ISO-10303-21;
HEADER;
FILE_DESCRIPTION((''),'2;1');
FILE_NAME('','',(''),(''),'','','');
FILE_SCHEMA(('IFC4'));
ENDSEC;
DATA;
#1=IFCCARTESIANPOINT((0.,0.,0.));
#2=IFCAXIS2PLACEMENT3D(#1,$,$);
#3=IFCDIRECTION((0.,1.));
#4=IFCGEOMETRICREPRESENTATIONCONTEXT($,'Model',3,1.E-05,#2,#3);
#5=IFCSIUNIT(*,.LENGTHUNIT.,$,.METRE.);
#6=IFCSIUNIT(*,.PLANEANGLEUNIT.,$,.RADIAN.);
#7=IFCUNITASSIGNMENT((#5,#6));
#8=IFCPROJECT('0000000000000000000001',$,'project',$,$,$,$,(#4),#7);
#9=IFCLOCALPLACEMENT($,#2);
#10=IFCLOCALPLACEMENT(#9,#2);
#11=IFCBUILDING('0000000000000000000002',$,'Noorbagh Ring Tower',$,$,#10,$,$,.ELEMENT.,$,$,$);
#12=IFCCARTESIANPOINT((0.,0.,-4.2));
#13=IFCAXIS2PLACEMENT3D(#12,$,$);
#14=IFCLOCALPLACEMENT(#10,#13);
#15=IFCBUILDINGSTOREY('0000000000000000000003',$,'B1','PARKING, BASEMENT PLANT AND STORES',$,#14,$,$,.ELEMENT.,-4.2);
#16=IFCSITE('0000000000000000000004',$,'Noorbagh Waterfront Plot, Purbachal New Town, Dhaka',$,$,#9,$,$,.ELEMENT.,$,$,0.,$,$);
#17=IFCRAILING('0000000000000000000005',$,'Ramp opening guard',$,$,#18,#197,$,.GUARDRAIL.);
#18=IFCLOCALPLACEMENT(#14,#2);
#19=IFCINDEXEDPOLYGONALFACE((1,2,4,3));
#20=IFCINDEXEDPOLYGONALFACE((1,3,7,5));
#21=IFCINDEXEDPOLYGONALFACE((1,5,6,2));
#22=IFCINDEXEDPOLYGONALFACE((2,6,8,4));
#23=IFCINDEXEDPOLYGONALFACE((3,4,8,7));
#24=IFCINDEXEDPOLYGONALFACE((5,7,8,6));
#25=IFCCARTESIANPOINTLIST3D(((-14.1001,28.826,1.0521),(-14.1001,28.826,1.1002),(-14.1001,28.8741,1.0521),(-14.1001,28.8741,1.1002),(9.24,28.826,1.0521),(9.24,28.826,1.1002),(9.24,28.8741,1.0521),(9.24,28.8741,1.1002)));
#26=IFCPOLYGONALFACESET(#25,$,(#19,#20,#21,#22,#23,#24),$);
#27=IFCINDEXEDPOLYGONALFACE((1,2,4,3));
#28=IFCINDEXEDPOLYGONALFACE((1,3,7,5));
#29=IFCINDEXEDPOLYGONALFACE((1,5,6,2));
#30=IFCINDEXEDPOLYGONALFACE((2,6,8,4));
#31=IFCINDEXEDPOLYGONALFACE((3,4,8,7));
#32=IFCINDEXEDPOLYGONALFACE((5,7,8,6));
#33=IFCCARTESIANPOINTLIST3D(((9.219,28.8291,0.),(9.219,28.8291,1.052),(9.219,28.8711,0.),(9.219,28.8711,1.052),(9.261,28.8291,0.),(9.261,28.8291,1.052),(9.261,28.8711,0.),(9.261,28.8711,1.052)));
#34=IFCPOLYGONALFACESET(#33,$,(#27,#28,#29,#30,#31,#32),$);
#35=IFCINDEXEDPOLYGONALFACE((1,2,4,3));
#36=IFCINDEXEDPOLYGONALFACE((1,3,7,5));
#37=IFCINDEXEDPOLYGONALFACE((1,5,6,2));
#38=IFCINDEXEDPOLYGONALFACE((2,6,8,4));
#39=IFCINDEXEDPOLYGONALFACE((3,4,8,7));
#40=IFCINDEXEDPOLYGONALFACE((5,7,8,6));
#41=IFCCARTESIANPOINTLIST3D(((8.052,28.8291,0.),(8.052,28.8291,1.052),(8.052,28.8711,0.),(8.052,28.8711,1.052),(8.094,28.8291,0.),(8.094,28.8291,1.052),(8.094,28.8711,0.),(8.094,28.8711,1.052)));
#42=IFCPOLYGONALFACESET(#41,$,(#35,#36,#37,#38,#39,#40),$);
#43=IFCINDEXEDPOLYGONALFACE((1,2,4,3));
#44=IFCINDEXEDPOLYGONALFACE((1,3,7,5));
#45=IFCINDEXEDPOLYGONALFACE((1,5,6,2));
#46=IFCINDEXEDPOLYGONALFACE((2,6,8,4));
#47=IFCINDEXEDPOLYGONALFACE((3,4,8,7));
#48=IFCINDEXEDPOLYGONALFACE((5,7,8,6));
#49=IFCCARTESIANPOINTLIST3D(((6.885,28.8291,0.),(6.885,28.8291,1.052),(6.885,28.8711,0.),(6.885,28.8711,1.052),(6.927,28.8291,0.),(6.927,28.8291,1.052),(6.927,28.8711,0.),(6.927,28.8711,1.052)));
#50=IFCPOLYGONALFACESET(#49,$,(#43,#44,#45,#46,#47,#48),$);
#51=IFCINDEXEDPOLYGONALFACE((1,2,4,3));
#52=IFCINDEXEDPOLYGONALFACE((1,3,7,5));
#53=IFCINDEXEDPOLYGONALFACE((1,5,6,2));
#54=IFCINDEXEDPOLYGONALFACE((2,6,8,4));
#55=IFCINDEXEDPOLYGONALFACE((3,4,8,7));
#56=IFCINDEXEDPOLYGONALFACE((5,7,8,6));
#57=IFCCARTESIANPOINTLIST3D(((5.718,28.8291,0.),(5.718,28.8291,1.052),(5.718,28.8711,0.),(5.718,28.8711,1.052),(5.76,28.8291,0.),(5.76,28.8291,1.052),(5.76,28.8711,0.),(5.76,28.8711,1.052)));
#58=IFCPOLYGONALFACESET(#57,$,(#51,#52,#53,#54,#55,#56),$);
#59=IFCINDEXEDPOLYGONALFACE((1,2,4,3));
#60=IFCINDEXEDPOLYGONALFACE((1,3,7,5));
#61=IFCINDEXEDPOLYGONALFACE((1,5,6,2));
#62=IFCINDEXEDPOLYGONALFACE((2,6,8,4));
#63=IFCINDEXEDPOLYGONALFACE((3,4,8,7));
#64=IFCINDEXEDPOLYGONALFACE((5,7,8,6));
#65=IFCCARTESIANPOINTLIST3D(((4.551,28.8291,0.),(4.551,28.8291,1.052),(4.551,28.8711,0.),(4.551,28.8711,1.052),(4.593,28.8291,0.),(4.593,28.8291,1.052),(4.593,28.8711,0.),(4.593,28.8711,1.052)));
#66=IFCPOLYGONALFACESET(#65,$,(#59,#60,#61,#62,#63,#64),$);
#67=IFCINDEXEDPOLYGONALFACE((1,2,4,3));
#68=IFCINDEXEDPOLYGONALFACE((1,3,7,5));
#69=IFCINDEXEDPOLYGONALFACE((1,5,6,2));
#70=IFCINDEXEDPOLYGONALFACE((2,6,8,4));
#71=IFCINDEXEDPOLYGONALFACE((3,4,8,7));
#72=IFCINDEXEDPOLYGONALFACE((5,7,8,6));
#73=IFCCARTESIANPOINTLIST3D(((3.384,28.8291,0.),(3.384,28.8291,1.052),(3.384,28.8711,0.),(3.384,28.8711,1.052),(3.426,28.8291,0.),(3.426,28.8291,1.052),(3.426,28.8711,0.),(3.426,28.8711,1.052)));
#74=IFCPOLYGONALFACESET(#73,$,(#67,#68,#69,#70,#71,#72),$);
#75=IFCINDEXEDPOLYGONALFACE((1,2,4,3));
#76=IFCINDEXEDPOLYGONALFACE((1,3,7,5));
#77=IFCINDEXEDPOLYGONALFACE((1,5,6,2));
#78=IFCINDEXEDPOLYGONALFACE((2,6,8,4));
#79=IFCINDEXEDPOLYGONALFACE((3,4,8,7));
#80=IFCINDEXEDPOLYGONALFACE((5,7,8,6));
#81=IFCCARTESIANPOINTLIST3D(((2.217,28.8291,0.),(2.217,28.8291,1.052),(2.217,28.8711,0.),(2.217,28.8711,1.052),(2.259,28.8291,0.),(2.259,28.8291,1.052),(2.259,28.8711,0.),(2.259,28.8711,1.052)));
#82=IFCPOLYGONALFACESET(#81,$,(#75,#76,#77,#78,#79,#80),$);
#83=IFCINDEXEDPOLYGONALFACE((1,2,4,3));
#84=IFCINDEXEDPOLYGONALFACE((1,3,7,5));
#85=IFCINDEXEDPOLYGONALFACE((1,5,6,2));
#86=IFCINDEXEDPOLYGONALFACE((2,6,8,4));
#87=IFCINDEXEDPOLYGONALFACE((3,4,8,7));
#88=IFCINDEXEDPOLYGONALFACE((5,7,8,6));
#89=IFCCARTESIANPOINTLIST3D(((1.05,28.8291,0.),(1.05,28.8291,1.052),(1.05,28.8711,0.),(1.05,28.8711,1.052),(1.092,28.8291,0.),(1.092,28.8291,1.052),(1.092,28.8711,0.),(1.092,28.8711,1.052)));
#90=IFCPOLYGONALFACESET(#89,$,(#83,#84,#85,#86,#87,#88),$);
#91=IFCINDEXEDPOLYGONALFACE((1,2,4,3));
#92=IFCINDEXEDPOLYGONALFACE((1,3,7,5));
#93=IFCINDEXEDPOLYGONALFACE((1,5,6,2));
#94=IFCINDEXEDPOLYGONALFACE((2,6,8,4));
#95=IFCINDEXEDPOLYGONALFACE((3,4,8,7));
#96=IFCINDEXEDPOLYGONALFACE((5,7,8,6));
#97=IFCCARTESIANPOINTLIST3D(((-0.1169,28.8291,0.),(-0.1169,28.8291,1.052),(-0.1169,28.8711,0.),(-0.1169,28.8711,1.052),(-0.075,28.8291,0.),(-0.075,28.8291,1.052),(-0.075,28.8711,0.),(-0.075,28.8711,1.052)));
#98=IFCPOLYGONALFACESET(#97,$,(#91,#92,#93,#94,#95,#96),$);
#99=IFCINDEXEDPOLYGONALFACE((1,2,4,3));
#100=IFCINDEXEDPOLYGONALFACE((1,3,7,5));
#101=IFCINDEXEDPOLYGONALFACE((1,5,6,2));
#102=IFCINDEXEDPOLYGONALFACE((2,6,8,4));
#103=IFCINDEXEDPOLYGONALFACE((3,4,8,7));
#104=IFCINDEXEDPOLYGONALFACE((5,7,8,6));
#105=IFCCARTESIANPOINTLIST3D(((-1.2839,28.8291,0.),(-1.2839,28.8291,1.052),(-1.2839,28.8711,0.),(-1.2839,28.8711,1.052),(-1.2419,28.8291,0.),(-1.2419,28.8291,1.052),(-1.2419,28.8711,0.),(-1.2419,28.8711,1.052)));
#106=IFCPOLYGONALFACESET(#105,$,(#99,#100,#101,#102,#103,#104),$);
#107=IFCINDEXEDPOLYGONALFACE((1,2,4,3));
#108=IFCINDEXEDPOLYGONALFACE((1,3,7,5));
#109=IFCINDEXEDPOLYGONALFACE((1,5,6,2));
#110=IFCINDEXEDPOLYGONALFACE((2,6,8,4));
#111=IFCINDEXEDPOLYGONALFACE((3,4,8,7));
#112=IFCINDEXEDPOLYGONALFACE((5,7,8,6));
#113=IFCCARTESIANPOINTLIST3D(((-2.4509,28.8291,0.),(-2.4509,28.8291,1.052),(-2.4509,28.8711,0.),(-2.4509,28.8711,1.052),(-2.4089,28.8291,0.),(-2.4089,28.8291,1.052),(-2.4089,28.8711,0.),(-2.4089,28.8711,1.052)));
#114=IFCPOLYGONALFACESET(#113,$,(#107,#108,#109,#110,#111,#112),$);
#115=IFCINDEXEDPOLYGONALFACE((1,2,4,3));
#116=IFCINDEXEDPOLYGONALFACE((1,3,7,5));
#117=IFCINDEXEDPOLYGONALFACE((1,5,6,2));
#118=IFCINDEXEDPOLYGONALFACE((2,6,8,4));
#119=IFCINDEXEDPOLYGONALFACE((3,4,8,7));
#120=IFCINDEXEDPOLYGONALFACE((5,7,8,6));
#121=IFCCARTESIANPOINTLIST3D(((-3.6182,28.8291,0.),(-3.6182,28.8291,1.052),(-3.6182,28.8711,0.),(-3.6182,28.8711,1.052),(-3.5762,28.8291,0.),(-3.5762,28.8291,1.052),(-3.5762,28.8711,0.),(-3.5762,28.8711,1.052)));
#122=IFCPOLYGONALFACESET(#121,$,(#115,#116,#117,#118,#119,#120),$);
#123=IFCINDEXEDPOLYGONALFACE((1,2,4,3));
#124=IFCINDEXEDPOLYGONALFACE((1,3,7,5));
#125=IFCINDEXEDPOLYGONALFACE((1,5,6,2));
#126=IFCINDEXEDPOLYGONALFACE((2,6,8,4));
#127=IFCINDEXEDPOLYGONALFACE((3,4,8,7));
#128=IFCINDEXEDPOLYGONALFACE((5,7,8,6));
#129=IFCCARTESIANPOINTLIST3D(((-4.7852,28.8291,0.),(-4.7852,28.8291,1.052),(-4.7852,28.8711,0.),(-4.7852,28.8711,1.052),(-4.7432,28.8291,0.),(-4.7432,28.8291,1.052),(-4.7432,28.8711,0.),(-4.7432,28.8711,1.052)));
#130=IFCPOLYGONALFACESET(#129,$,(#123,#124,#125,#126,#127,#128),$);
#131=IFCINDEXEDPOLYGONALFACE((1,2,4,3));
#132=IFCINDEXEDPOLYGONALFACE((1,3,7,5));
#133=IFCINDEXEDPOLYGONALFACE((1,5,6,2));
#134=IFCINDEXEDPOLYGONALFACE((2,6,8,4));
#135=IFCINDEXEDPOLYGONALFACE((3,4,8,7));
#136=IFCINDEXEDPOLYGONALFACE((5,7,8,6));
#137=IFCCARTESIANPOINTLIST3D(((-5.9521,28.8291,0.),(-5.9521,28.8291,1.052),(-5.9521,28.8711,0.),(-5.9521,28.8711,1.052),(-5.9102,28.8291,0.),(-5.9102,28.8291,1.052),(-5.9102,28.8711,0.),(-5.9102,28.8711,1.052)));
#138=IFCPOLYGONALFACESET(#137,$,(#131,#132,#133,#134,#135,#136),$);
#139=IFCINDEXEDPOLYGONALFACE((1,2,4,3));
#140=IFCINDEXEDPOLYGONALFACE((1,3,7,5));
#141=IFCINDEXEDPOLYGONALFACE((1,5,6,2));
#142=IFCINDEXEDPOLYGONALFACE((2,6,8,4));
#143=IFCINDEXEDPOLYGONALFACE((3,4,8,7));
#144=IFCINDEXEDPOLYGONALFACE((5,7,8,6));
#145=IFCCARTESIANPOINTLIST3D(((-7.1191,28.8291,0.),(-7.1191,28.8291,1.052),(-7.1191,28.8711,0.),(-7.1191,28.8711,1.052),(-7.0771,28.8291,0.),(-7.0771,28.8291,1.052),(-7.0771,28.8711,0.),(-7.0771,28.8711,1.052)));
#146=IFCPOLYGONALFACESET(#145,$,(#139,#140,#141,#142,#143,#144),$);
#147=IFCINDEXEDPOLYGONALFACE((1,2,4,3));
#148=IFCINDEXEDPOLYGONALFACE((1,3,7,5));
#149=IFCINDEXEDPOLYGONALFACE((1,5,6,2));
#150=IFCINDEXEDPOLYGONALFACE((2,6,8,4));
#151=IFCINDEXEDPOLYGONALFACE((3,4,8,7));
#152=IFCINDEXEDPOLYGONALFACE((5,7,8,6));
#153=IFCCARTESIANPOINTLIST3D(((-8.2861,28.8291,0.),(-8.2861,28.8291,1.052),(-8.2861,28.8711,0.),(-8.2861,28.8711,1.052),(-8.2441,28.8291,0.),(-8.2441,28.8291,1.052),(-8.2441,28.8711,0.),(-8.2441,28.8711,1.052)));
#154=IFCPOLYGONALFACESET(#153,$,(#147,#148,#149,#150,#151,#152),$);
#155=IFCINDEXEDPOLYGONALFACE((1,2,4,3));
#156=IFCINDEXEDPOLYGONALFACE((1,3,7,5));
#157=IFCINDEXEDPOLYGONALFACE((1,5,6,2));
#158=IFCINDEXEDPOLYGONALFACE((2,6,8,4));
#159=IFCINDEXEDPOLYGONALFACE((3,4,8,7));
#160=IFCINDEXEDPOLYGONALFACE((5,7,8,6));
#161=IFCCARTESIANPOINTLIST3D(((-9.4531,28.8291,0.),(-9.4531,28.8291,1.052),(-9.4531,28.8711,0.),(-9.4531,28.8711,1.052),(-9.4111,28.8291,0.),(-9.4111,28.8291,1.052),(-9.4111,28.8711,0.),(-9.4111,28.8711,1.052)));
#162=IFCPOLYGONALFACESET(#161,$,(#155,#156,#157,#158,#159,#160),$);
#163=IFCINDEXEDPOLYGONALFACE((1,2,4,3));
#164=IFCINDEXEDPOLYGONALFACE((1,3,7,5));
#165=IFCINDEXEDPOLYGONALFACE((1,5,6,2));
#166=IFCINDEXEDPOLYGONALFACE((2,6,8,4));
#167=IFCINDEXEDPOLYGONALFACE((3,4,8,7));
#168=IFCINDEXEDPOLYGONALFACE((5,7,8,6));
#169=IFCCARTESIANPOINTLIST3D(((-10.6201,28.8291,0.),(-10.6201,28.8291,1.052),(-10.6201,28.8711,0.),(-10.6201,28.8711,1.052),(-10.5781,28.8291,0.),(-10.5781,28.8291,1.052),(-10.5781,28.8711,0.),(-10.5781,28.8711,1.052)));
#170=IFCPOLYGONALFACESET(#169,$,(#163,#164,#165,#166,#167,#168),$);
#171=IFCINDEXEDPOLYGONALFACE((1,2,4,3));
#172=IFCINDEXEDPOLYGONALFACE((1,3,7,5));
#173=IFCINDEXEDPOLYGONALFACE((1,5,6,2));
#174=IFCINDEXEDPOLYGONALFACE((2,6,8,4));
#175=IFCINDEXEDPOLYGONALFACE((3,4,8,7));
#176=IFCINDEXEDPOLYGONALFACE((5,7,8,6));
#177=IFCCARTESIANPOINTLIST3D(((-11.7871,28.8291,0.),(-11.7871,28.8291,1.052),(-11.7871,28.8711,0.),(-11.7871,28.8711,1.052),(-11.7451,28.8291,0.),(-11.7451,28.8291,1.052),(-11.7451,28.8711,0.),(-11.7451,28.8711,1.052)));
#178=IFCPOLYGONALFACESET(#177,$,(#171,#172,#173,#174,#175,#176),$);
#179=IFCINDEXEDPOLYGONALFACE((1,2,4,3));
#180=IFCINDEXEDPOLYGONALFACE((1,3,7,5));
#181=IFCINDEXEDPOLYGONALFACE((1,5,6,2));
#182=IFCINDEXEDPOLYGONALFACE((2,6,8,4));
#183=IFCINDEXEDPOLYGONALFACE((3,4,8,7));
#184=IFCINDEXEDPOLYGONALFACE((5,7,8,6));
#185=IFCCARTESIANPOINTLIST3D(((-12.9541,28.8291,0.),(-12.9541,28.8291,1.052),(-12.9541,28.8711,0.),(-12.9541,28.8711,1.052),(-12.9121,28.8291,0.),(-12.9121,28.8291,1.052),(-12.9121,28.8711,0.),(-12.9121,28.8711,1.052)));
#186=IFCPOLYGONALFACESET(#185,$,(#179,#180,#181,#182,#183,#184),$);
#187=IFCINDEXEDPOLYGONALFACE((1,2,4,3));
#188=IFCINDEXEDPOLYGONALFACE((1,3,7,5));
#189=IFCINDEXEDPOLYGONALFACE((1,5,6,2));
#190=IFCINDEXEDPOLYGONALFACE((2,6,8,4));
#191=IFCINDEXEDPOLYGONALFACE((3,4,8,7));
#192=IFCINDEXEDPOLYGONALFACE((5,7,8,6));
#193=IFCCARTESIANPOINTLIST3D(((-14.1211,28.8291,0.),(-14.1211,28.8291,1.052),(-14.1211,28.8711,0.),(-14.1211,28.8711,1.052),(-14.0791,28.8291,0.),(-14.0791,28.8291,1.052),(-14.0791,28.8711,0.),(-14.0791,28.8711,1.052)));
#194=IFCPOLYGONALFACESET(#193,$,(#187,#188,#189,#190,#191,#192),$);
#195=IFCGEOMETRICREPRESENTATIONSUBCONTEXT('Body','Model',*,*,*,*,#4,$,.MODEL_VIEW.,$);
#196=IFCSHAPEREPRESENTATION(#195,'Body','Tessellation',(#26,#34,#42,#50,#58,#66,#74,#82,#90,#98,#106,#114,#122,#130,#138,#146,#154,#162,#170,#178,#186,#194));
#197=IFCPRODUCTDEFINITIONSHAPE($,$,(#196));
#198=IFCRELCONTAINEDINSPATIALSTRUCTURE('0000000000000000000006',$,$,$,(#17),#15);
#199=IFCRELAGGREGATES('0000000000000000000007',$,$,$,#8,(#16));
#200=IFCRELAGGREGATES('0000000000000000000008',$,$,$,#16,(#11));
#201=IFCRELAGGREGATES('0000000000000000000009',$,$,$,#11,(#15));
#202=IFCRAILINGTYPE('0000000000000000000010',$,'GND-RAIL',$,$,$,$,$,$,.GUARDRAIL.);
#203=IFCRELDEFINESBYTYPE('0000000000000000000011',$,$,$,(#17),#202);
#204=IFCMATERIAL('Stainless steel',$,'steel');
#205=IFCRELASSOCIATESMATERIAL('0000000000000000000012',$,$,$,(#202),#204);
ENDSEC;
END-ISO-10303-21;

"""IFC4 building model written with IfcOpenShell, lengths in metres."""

from ifc_helpers import new_model, si_unit, direction, frame, origin, origin_2d, place, context, subcontext, project, spatial, rectangle, extrude, material, type_object, element, save


model = new_model("IFC4")

# Units and contexts
model_context = context("Model", 3, precision=1e-05, world=origin(), true_north=direction((0.0, 1.0)))
body_context = subcontext(model_context, "Body", "Model", "MODEL_VIEW")
ifc_project = project(units=[si_unit("LENGTHUNIT", "METRE"), si_unit("PLANEANGLEUNIT", "RADIAN")], contexts=[model_context])

# Site, building, storey
site_placement = place(None, origin())
site = spatial("IfcSite", under=ifc_project, at=site_placement, Name="Noorbagh Waterfront Plot, Purbachal New Town, Dhaka", CompositionType="ELEMENT", RefElevation=0.0)
building_placement = place(site_placement, origin())
building = spatial("IfcBuilding", under=site, at=building_placement, Name="Noorbagh Ring Tower", CompositionType="ELEMENT")
storey_placement = place(building_placement, frame((0.0, 0.0, -4.2)))
storey = spatial("IfcBuildingStorey", under=building, at=storey_placement, Name="B1", Description="PARKING, BASEMENT PLANT AND STORES", CompositionType="ELEMENT", Elevation=-4.2)

# Railing
ifc_material_1 = material(Name="Stainless steel", Category="steel")
railing_type = type_object("IfcRailingType", Name="GND-RAIL", PredefinedType="GUARDRAIL", material=ifc_material_1)
railing_1_placement = place(storey_placement, frame((9.24, 28.8501, 0.0)))
element("IfcRailing", 1, at=railing_1_placement, inside=storey, type_object=railing_type, Name="Ramp opening guard", PredefinedType="GUARDRAIL", context=body_context, shape_type="SweptSolid", body=[
    extrude(rectangle(XDim=0.0481, YDim=0.0481, at=origin_2d()), frame((0.0, 0.0, 1.0762), z_axis=(-1.0, 0.0, 0.0), x_axis=(0.0, -1.0, 0.0)), (0.0, 0.0, 1.0), 23.3401),
    extrude(rectangle(XDim=0.042, YDim=0.042, at=origin_2d()), origin(), (0.0, 0.0, 1.0), 1.052),
    extrude(rectangle(XDim=0.042, YDim=0.042, at=origin_2d()), frame((-1.167, 0.0, 0.0)), (0.0, 0.0, 1.0), 1.052),
    extrude(rectangle(XDim=0.042, YDim=0.042, at=origin_2d()), frame((-2.334, 0.0, 0.0)), (0.0, 0.0, 1.0), 1.052),
    extrude(rectangle(XDim=0.042, YDim=0.042, at=origin_2d()), frame((-3.501, 0.0, 0.0)), (0.0, 0.0, 1.0), 1.052),
    extrude(rectangle(XDim=0.042, YDim=0.042, at=origin_2d()), frame((-4.668, 0.0, 0.0)), (0.0, 0.0, 1.0), 1.052),
    extrude(rectangle(XDim=0.042, YDim=0.042, at=origin_2d()), frame((-5.835, 0.0, 0.0)), (0.0, 0.0, 1.0), 1.052),
    extrude(rectangle(XDim=0.042, YDim=0.042, at=origin_2d()), frame((-7.002, 0.0, 0.0)), (0.0, 0.0, 1.0), 1.052),
    extrude(rectangle(XDim=0.042, YDim=0.042, at=origin_2d()), frame((-8.1689, 0.0, 0.0)), (0.0, 0.0, 1.0), 1.052),
    extrude(rectangle(XDim=0.042, YDim=0.042, at=origin_2d()), frame((-9.3359, 0.0, 0.0)), (0.0, 0.0, 1.0), 1.052),
    extrude(rectangle(XDim=0.042, YDim=0.042, at=origin_2d()), frame((-10.5029, 0.0, 0.0)), (0.0, 0.0, 1.0), 1.052),
    extrude(rectangle(XDim=0.042, YDim=0.042, at=origin_2d()), frame((-11.6699, 0.0, 0.0)), (0.0, 0.0, 1.0), 1.052),
    extrude(rectangle(XDim=0.042, YDim=0.042, at=origin_2d()), frame((-12.8372, 0.0, 0.0)), (0.0, 0.0, 1.0), 1.052),
    extrude(rectangle(XDim=0.042, YDim=0.042, at=origin_2d()), frame((-14.0042, 0.0, 0.0)), (0.0, 0.0, 1.0), 1.052),
    extrude(rectangle(XDim=0.042, YDim=0.042, at=origin_2d()), frame((-15.1711, 0.0, 0.0)), (0.0, 0.0, 1.0), 1.052),
    extrude(rectangle(XDim=0.042, YDim=0.042, at=origin_2d()), frame((-16.3381, 0.0, 0.0)), (0.0, 0.0, 1.0), 1.052),
    extrude(rectangle(XDim=0.042, YDim=0.042, at=origin_2d()), frame((-17.5051, 0.0, 0.0)), (0.0, 0.0, 1.0), 1.052),
    extrude(rectangle(XDim=0.042, YDim=0.042, at=origin_2d()), frame((-18.6721, 0.0, 0.0)), (0.0, 0.0, 1.0), 1.052),
    extrude(rectangle(XDim=0.042, YDim=0.042, at=origin_2d()), frame((-19.8391, 0.0, 0.0)), (0.0, 0.0, 1.0), 1.052),
    extrude(rectangle(XDim=0.042, YDim=0.042, at=origin_2d()), frame((-21.0061, 0.0, 0.0)), (0.0, 0.0, 1.0), 1.052),
    extrude(rectangle(XDim=0.042, YDim=0.042, at=origin_2d()), frame((-22.1731, 0.0, 0.0)), (0.0, 0.0, 1.0), 1.052),
    extrude(rectangle(XDim=0.042, YDim=0.042, at=origin_2d()), frame((-23.3401, 0.0, 0.0)), (0.0, 0.0, 1.0), 1.052),
])

save(model, "model.ifc")
